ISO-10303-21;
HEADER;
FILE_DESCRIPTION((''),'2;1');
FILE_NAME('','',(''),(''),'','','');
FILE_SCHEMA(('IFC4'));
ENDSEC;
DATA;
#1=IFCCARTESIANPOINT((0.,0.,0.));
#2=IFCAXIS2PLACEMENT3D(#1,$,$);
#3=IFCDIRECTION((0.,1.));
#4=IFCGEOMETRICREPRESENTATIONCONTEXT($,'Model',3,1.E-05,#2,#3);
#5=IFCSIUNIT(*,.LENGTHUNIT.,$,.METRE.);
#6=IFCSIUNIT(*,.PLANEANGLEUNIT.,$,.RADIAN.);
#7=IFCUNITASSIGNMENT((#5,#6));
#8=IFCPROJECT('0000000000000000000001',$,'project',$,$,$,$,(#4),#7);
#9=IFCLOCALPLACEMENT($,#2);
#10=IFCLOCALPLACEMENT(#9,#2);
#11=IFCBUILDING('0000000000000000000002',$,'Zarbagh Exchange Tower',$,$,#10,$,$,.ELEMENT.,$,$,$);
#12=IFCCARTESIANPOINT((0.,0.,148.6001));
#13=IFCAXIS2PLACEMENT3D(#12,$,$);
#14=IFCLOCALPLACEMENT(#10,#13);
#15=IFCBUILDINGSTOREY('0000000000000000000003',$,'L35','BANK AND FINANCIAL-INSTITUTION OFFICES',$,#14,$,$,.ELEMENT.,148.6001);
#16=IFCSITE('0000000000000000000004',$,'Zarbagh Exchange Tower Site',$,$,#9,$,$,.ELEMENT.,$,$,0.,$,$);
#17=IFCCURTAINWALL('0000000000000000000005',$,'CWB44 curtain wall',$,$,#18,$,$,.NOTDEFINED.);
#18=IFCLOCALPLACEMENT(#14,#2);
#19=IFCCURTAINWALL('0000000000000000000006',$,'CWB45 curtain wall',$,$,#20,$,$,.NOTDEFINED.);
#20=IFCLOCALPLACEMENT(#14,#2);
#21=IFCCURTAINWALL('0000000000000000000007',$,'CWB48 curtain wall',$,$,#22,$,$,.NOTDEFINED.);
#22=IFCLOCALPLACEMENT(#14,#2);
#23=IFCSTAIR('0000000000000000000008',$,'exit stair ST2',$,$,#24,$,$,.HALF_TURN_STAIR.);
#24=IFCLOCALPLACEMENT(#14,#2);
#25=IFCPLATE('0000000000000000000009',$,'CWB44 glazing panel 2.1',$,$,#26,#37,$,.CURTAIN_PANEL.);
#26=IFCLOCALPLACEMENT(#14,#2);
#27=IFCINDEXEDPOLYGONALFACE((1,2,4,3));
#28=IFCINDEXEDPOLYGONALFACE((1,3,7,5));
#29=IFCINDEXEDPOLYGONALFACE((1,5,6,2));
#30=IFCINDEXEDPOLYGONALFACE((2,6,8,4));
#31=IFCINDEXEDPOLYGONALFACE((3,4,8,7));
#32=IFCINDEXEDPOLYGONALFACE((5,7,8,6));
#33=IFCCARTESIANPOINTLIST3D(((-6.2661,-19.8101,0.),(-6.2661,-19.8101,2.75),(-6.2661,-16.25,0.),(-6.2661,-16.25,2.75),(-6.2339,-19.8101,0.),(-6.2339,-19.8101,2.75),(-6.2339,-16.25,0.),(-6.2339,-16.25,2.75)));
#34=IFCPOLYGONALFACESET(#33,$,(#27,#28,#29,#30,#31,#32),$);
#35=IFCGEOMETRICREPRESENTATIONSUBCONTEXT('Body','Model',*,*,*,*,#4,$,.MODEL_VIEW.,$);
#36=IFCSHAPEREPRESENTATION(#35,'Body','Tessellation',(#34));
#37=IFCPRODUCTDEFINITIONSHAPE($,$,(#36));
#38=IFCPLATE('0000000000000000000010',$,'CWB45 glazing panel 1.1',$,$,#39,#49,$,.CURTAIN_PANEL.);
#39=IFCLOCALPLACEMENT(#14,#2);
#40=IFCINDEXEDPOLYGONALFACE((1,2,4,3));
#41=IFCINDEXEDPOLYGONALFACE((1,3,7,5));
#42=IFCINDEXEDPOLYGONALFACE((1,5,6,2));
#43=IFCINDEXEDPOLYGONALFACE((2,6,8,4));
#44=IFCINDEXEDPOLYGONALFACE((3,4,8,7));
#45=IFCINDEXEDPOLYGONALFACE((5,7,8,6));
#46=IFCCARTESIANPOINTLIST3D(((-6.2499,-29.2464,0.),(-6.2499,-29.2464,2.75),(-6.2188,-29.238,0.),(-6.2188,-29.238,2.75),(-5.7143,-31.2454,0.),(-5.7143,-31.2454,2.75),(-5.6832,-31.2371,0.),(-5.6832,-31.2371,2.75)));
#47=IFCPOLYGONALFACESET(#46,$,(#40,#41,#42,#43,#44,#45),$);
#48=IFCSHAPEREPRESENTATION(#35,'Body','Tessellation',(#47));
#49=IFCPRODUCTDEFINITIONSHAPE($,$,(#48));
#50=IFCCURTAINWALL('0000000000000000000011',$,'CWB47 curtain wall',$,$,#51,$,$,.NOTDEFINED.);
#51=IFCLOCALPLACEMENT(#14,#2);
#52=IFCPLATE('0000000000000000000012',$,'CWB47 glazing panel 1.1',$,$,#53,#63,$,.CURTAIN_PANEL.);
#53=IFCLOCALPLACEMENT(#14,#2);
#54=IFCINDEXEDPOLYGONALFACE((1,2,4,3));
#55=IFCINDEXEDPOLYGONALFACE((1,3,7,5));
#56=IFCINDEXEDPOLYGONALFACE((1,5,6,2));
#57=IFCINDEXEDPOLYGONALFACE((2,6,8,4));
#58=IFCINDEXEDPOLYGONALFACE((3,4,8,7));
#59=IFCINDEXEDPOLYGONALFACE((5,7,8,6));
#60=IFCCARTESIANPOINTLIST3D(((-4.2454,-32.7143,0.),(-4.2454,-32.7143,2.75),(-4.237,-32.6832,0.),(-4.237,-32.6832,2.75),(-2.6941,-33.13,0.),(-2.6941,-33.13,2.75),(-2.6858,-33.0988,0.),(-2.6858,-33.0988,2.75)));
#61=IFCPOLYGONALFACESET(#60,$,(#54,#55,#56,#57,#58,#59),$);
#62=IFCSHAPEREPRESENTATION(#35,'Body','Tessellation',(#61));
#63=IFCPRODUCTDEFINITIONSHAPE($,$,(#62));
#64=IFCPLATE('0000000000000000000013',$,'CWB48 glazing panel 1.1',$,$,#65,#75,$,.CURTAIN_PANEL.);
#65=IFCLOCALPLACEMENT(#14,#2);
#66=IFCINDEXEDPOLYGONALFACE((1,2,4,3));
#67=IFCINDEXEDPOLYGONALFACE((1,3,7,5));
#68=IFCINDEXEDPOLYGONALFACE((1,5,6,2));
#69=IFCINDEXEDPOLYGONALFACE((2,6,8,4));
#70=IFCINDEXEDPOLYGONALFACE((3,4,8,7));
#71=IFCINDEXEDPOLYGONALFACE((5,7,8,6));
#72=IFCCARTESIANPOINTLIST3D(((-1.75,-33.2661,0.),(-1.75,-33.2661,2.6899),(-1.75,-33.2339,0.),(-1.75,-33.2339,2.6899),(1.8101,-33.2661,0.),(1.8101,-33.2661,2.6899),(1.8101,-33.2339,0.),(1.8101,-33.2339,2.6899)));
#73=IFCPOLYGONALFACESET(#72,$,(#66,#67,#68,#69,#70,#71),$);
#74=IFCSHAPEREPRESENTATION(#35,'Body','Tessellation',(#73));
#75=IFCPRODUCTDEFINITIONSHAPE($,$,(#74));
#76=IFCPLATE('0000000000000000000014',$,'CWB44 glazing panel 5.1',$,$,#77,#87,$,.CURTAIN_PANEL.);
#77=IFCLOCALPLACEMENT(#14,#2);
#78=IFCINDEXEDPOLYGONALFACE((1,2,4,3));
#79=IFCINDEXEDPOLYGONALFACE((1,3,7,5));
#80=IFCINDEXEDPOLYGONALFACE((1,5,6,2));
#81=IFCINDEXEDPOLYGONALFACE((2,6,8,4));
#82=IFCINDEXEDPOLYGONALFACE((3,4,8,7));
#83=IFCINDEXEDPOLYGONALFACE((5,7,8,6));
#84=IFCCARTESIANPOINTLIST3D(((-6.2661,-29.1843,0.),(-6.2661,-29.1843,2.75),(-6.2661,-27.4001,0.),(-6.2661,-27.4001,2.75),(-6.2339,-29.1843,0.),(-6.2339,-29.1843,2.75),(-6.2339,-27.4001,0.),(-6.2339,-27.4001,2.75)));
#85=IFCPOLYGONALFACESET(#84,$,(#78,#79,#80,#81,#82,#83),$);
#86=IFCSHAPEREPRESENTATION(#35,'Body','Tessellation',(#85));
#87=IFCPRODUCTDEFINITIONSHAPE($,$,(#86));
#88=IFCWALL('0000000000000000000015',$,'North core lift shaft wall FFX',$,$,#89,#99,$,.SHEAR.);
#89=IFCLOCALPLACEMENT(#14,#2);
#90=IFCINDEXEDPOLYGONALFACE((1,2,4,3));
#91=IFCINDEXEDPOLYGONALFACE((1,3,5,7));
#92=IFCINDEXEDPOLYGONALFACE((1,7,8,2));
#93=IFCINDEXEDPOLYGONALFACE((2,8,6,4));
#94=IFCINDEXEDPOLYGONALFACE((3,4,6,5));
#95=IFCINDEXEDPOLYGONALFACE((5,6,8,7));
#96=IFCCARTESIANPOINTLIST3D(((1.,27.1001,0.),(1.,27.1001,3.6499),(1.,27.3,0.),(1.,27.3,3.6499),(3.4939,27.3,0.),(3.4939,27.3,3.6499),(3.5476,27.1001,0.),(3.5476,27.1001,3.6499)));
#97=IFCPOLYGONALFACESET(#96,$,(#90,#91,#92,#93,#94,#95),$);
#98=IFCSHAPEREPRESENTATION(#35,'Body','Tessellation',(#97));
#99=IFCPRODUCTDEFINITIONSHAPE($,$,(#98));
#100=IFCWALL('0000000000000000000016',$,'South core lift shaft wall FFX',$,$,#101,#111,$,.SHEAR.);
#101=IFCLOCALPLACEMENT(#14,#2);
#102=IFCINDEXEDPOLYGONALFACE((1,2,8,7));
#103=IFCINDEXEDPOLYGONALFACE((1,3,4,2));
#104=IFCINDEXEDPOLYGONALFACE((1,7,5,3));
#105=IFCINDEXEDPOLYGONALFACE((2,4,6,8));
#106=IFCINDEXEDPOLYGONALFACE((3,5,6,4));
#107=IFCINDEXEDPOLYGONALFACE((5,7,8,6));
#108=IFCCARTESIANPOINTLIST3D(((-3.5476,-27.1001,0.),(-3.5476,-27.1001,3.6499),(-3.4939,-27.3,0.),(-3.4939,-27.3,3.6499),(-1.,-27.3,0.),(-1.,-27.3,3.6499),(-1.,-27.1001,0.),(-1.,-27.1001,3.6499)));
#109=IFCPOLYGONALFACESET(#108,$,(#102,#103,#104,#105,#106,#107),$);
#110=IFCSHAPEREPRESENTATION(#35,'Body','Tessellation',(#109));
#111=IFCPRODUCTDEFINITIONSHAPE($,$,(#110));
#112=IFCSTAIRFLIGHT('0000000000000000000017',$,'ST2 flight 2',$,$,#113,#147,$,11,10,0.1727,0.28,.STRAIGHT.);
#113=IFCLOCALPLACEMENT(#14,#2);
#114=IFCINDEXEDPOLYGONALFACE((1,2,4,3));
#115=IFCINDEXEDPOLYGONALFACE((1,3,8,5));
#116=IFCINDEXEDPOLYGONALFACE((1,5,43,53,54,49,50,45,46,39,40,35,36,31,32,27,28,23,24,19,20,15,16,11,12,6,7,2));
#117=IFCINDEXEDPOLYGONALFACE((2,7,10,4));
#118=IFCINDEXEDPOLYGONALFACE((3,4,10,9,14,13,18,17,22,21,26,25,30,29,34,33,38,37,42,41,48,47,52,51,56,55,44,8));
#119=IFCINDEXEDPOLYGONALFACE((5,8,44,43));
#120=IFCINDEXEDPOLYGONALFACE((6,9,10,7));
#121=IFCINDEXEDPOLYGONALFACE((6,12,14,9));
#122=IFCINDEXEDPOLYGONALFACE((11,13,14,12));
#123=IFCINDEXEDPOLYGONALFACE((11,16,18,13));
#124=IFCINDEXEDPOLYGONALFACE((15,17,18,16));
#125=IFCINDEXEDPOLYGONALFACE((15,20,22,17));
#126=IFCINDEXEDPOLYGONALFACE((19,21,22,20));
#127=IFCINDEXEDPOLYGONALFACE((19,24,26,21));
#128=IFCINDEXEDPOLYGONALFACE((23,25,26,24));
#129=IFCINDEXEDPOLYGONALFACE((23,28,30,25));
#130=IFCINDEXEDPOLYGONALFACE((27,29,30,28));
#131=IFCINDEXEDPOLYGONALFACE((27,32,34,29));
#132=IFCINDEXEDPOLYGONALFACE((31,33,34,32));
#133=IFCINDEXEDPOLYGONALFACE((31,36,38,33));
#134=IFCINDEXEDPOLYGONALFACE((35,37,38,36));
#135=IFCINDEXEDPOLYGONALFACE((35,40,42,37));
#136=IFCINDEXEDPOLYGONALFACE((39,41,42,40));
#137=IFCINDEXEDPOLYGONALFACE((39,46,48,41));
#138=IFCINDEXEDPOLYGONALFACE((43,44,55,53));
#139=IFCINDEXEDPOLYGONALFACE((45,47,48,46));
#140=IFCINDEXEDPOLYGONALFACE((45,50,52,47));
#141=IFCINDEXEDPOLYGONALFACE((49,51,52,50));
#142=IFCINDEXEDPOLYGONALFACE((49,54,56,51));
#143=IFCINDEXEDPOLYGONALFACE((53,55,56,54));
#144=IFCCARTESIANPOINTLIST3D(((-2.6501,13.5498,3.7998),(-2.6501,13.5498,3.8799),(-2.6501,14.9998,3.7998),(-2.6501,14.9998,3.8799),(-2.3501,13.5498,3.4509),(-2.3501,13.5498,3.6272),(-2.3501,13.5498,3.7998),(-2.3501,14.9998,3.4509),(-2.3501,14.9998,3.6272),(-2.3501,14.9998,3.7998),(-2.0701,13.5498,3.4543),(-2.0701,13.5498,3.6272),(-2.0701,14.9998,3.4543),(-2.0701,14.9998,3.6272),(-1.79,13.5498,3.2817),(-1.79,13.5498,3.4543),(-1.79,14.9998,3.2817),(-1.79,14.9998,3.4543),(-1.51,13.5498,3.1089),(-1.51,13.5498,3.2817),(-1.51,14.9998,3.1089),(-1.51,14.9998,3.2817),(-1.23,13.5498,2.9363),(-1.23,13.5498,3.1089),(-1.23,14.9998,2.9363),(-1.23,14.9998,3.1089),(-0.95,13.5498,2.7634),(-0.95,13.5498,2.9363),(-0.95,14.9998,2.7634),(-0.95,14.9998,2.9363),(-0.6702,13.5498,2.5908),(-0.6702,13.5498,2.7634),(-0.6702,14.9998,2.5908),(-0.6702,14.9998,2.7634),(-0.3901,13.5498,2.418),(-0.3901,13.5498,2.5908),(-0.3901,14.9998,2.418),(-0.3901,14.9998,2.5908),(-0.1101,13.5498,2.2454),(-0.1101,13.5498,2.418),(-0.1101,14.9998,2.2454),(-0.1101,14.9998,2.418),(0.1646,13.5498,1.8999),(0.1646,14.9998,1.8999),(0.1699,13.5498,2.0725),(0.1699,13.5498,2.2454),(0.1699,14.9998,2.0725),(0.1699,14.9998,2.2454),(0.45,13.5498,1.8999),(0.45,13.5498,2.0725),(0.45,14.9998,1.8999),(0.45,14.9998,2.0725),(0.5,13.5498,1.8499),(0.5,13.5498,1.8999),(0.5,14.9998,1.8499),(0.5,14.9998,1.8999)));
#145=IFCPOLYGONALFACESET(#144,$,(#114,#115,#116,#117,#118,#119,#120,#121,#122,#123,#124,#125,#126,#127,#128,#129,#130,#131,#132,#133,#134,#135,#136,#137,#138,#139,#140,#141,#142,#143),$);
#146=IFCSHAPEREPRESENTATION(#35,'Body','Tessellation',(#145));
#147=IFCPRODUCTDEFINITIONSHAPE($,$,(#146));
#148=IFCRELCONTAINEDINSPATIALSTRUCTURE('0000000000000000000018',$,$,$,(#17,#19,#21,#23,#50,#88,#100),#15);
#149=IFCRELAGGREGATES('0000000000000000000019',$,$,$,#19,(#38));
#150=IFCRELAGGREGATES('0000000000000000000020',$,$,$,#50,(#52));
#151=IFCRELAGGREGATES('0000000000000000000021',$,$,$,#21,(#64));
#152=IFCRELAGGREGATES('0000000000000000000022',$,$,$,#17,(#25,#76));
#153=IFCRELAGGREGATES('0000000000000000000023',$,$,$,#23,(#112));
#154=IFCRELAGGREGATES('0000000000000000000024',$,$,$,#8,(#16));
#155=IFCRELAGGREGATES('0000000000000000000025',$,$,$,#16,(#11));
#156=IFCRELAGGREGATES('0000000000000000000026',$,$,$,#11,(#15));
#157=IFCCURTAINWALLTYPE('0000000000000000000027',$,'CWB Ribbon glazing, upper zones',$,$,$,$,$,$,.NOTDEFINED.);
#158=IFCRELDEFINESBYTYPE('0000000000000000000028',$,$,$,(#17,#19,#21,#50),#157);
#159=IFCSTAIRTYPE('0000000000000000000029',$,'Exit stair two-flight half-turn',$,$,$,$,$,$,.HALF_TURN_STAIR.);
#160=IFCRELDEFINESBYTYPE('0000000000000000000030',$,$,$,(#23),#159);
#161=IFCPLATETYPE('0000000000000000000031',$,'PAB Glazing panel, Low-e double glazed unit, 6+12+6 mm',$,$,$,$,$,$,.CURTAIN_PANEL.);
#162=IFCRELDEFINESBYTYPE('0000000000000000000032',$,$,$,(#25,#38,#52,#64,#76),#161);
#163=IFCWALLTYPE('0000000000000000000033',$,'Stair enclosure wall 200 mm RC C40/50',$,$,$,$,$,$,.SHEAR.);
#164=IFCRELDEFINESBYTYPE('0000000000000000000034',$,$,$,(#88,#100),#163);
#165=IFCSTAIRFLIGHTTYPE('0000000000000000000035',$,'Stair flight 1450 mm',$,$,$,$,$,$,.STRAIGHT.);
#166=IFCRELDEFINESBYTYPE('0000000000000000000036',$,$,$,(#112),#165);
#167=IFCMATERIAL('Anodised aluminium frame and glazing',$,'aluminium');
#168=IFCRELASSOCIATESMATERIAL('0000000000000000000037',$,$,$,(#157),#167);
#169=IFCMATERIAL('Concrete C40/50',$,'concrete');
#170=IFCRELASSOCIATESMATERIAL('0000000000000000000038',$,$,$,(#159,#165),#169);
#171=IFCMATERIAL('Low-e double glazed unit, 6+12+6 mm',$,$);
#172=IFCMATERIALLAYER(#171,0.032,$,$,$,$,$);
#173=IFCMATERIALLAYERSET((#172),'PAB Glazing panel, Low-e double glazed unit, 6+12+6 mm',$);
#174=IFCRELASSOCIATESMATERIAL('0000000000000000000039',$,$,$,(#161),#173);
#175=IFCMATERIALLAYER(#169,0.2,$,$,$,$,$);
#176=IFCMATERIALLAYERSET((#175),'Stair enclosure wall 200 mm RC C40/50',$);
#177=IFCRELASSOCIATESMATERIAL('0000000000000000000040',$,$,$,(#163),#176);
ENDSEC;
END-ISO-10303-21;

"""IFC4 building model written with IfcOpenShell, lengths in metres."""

from ifc_helpers import new_model, si_unit, direction, frame, origin, place, context, subcontext, project, spatial, polyline, outline, extrude, source, transform, mapped, material, layer, layer_set, type_object, element, aggregate, save


model = new_model("IFC4")

# Units and contexts
model_context = context("Model", 3, precision=1e-05, world=origin(), true_north=direction((0.0, 1.0)))
body_context = subcontext(model_context, "Body", "Model", "MODEL_VIEW")
ifc_project = project(units=[si_unit("LENGTHUNIT", "METRE"), si_unit("PLANEANGLEUNIT", "RADIAN")], contexts=[model_context])

# Site, building, storey
site_placement = place(None, origin())
site = spatial("IfcSite", under=ifc_project, at=site_placement, Name="Zarbagh Exchange Tower Site", CompositionType="ELEMENT", RefElevation=0.0)
building_placement = place(site_placement, origin())
building = spatial("IfcBuilding", under=site, at=building_placement, Name="Zarbagh Exchange Tower", CompositionType="ELEMENT")
storey_placement = place(building_placement, frame((0.0, 0.0, 148.6001)))
storey = spatial("IfcBuildingStorey", under=building, at=storey_placement, Name="L35", Description="BANK AND FINANCIAL-INSTITUTION OFFICES", CompositionType="ELEMENT", Elevation=148.6001)

# Curtain wall
ifc_material_1 = material(Name="Anodised aluminium frame and glazing", Category="aluminium")
curtain_wall_type = type_object("IfcCurtainWallType", Name="CWB Ribbon glazing, upper zones", PredefinedType="NOTDEFINED", material=ifc_material_1)
curtain_wall_1_placement = place(storey_placement, origin())
curtain_wall_1 = element("IfcCurtainWall", 1, at=curtain_wall_1_placement, inside=storey, type_object=curtain_wall_type, Name="CWB44 curtain wall", PredefinedType="NOTDEFINED")
placement = place(storey_placement, origin())

# Curtain wall
curtain_wall_2_placement = place(storey_placement, origin())
curtain_wall_2 = element("IfcCurtainWall", 2, at=curtain_wall_2_placement, inside=storey, type_object=curtain_wall_type, Name="CWB45 curtain wall", PredefinedType="NOTDEFINED")

# Curtain wall
curtain_wall_3_placement = place(storey_placement, origin())
curtain_wall_3 = element("IfcCurtainWall", 3, at=curtain_wall_3_placement, inside=storey, type_object=curtain_wall_type, Name="CWB48 curtain wall", PredefinedType="NOTDEFINED")

# Stair
ifc_material_2 = material(Name="Concrete C40/50", Category="concrete")
stair_type = type_object("IfcStairType", Name="Exit stair two-flight half-turn", PredefinedType="HALF_TURN_STAIR", material=ifc_material_2)
stair_1_placement = place(storey_placement, origin())
stair_1 = element("IfcStair", 4, at=stair_1_placement, inside=storey, type_object=stair_type, Name="exit stair ST2", PredefinedType="HALF_TURN_STAIR")

# Shared definitions
ifc_material_3 = material(Name="Low-e double glazed unit, 6+12+6 mm")
ifc_layer_1 = layer(ifc_material_3, 0.032)
ifc_layer_set_1 = layer_set([ifc_layer_1], Name="PAB Glazing panel, Low-e double glazed unit, 6+12+6 mm")
plate_type = type_object("IfcPlateType", Name="PAB Glazing panel, Low-e double glazed unit, 6+12+6 mm", PredefinedType="CURTAIN_PANEL", material=ifc_layer_set_1)

# Plates
shared_shape_1 = source(origin(), body_context, "Body", "SweptSolid", [
    extrude(outline(polyline([(0.0, -0.0161), (3.5601, -0.0161), (3.5601, 0.0161), (0.0, 0.0161), (0.0, -0.0161)])), origin(), (0.0, 0.0, 1.0), 2.75),
])
plate_1 = element("IfcPlate", 5, at=placement, type_object=plate_type, Name="CWB44 glazing panel 2.1", PredefinedType="CURTAIN_PANEL", context=body_context, shape_type="MappedRepresentation", body=[
    mapped(shared_shape_1, transform((-6.25, -16.25, 0.0), x_axis=(0.0, -1.0, 0.0), y_axis=(1.0, 0.0, 0.0), z_axis=(0.0, 0.0, 1.0))),
])
shared_shape_2 = source(origin(), body_context, "Body", "SweptSolid", [
    extrude(outline(polyline([(0.0, -0.0161), (2.0696, -0.0161), (2.0696, 0.0161), (0.0, 0.0161), (0.0, -0.0161)])), origin(), (0.0, 0.0, 1.0), 2.75),
])
plate_2 = element("IfcPlate", 6, at=placement, type_object=plate_type, Name="CWB45 glazing panel 1.1", PredefinedType="CURTAIN_PANEL", context=body_context, shape_type="MappedRepresentation", body=[
    mapped(shared_shape_2, transform((-6.2344, -29.2422, 0.0), x_axis=(0.258825, -0.965924, 0.0), y_axis=(0.965924, 0.258825, 0.0), z_axis=(0.0, 0.0, 1.0))),
])
aggregate(curtain_wall_2, [plate_2])

# Curtain wall, plate
curtain_wall_4_placement = place(storey_placement, origin())
curtain_wall_4 = element("IfcCurtainWall", 7, at=curtain_wall_4_placement, inside=storey, type_object=curtain_wall_type, Name="CWB47 curtain wall", PredefinedType="NOTDEFINED")
shared_shape_3 = source(origin(), body_context, "Body", "SweptSolid", [
    extrude(outline(polyline([(0.0, -0.0161), (1.606, -0.0161), (1.606, 0.0161), (0.0, 0.0161), (0.0, -0.0161)])), origin(), (0.0, 0.0, 1.0), 2.75),
])
plate_3 = element("IfcPlate", 8, at=placement, type_object=plate_type, Name="CWB47 glazing panel 1.1", PredefinedType="CURTAIN_PANEL", context=body_context, shape_type="MappedRepresentation", body=[
    mapped(shared_shape_3, transform((-4.2412, -32.6987, 0.0), x_axis=(0.965924, -0.258825, 0.0), y_axis=(0.258825, 0.965924, 0.0), z_axis=(0.0, 0.0, 1.0))),
])
aggregate(curtain_wall_4, [plate_3])

# Plates
shared_shape_4 = source(origin(), body_context, "Body", "SweptSolid", [
    extrude(outline(polyline([(0.0, -0.0161), (3.5601, -0.0161), (3.5601, 0.0161), (0.0, 0.0161), (0.0, -0.0161)])), origin(), (0.0, 0.0, 1.0), 2.6899),
])
plate_4 = element("IfcPlate", 9, at=placement, type_object=plate_type, Name="CWB48 glazing panel 1.1", PredefinedType="CURTAIN_PANEL", context=body_context, shape_type="MappedRepresentation", body=[
    mapped(shared_shape_4, transform((-1.75, -33.25, 0.0), x_axis=(1.0, 0.0, 0.0), y_axis=(0.0, 1.0, 0.0), z_axis=(0.0, 0.0, 1.0))),
])
aggregate(curtain_wall_3, [plate_4])
shared_shape_5 = source(origin(), body_context, "Body", "SweptSolid", [
    extrude(outline(polyline([(0.0, -0.0161), (1.7842, -0.0161), (1.7842, 0.0161), (0.0, 0.0161), (0.0, -0.0161)])), origin(), (0.0, 0.0, 1.0), 2.75),
])
plate_5 = element("IfcPlate", 10, at=placement, type_object=plate_type, Name="CWB44 glazing panel 5.1", PredefinedType="CURTAIN_PANEL", context=body_context, shape_type="MappedRepresentation", body=[
    mapped(shared_shape_5, transform((-6.25, -27.4001, 0.0), x_axis=(0.0, -1.0, 0.0), y_axis=(1.0, 0.0, 0.0), z_axis=(0.0, 0.0, 1.0))),
])
aggregate(curtain_wall_1, [plate_1, plate_5])

# Walls
ifc_layer_2 = layer(ifc_material_2, 0.2)
ifc_layer_set_2 = layer_set([ifc_layer_2], Name="Stair enclosure wall 200 mm RC C40/50")
wall_type = type_object("IfcWallType", Name="Stair enclosure wall 200 mm RC C40/50", PredefinedType="SHEAR", material=ifc_layer_set_2)
wall_1_placement = place(storey_placement, origin())
element("IfcWall", 11, at=wall_1_placement, inside=storey, type_object=wall_type, Name="North core lift shaft wall FFX", PredefinedType="SHEAR", context=body_context, shape_type="SweptSolid", body=[
    extrude(outline(polyline([(1.0, 27.1001), (3.5476, 27.1001), (3.4939, 27.3), (1.0, 27.3), (1.0, 27.1001)])), origin(), (0.0, 0.0, 1.0), 3.6499),
])
wall_2_placement = place(storey_placement, origin())
element("IfcWall", 12, at=wall_2_placement, inside=storey, type_object=wall_type, Name="South core lift shaft wall FFX", PredefinedType="SHEAR", context=body_context, shape_type="SweptSolid", body=[
    extrude(outline(polyline([(-1.0, -27.1001), (-3.5476, -27.1001), (-3.4939, -27.3), (-1.0, -27.3), (-1.0, -27.1001)])), origin(), (0.0, 0.0, 1.0), 3.6499),
])

# Stair flight
stair_flight_type = type_object("IfcStairFlightType", Name="Stair flight 1450 mm", PredefinedType="STRAIGHT", material=ifc_material_2)
stair_flight_placement = place(storey_placement, frame((0.45, 14.2749, 1.8999), z_axis=(0.0, 0.0, 1.0), x_axis=(-1.0, 0.0, 0.0)))
stair_flight = element("IfcStairFlight", 13, at=stair_flight_placement, type_object=stair_flight_type, Name="ST2 flight 2", NumberOfRisers=11, NumberOfTreads=10, PredefinedType="STRAIGHT", RiserHeight=0.1727, TreadLength=0.28, context=body_context, shape_type="SweptSolid", body=[
    extrude(outline(polyline([(-0.05, -0.05), (-0.05, 0.0), (0.0, 0.0), (0.0, 0.1726), (0.28, 0.1726), (0.28, 0.3455), (0.5601, 0.3455), (0.5601, 0.5181), (0.8401, 0.5181), (0.8401, 0.6909), (1.1201, 0.6909), (1.1201, 0.8635), (1.3999, 0.8635), (1.3999, 1.0364), (1.6799, 1.0364), (1.6799, 1.209), (1.96, 1.209), (1.96, 1.3818), (2.24, 1.3818), (2.24, 1.5544), (2.52, 1.5544), (2.52, 1.7273), (2.8, 1.7273), (2.8, 1.8999), (3.1001, 1.98), (3.1001, 1.8999), (2.8, 1.551), (0.2854, 0.0), (-0.05, -0.05)])), frame((0.0, 0.7251, 0.0), z_axis=(0.0, -1.0, 0.0), x_axis=(1.0, 0.0, 0.0)), (0.0, 0.0, 1.0), 1.45),
])
aggregate(stair_1, [stair_flight])

save(model, "model.ifc")
